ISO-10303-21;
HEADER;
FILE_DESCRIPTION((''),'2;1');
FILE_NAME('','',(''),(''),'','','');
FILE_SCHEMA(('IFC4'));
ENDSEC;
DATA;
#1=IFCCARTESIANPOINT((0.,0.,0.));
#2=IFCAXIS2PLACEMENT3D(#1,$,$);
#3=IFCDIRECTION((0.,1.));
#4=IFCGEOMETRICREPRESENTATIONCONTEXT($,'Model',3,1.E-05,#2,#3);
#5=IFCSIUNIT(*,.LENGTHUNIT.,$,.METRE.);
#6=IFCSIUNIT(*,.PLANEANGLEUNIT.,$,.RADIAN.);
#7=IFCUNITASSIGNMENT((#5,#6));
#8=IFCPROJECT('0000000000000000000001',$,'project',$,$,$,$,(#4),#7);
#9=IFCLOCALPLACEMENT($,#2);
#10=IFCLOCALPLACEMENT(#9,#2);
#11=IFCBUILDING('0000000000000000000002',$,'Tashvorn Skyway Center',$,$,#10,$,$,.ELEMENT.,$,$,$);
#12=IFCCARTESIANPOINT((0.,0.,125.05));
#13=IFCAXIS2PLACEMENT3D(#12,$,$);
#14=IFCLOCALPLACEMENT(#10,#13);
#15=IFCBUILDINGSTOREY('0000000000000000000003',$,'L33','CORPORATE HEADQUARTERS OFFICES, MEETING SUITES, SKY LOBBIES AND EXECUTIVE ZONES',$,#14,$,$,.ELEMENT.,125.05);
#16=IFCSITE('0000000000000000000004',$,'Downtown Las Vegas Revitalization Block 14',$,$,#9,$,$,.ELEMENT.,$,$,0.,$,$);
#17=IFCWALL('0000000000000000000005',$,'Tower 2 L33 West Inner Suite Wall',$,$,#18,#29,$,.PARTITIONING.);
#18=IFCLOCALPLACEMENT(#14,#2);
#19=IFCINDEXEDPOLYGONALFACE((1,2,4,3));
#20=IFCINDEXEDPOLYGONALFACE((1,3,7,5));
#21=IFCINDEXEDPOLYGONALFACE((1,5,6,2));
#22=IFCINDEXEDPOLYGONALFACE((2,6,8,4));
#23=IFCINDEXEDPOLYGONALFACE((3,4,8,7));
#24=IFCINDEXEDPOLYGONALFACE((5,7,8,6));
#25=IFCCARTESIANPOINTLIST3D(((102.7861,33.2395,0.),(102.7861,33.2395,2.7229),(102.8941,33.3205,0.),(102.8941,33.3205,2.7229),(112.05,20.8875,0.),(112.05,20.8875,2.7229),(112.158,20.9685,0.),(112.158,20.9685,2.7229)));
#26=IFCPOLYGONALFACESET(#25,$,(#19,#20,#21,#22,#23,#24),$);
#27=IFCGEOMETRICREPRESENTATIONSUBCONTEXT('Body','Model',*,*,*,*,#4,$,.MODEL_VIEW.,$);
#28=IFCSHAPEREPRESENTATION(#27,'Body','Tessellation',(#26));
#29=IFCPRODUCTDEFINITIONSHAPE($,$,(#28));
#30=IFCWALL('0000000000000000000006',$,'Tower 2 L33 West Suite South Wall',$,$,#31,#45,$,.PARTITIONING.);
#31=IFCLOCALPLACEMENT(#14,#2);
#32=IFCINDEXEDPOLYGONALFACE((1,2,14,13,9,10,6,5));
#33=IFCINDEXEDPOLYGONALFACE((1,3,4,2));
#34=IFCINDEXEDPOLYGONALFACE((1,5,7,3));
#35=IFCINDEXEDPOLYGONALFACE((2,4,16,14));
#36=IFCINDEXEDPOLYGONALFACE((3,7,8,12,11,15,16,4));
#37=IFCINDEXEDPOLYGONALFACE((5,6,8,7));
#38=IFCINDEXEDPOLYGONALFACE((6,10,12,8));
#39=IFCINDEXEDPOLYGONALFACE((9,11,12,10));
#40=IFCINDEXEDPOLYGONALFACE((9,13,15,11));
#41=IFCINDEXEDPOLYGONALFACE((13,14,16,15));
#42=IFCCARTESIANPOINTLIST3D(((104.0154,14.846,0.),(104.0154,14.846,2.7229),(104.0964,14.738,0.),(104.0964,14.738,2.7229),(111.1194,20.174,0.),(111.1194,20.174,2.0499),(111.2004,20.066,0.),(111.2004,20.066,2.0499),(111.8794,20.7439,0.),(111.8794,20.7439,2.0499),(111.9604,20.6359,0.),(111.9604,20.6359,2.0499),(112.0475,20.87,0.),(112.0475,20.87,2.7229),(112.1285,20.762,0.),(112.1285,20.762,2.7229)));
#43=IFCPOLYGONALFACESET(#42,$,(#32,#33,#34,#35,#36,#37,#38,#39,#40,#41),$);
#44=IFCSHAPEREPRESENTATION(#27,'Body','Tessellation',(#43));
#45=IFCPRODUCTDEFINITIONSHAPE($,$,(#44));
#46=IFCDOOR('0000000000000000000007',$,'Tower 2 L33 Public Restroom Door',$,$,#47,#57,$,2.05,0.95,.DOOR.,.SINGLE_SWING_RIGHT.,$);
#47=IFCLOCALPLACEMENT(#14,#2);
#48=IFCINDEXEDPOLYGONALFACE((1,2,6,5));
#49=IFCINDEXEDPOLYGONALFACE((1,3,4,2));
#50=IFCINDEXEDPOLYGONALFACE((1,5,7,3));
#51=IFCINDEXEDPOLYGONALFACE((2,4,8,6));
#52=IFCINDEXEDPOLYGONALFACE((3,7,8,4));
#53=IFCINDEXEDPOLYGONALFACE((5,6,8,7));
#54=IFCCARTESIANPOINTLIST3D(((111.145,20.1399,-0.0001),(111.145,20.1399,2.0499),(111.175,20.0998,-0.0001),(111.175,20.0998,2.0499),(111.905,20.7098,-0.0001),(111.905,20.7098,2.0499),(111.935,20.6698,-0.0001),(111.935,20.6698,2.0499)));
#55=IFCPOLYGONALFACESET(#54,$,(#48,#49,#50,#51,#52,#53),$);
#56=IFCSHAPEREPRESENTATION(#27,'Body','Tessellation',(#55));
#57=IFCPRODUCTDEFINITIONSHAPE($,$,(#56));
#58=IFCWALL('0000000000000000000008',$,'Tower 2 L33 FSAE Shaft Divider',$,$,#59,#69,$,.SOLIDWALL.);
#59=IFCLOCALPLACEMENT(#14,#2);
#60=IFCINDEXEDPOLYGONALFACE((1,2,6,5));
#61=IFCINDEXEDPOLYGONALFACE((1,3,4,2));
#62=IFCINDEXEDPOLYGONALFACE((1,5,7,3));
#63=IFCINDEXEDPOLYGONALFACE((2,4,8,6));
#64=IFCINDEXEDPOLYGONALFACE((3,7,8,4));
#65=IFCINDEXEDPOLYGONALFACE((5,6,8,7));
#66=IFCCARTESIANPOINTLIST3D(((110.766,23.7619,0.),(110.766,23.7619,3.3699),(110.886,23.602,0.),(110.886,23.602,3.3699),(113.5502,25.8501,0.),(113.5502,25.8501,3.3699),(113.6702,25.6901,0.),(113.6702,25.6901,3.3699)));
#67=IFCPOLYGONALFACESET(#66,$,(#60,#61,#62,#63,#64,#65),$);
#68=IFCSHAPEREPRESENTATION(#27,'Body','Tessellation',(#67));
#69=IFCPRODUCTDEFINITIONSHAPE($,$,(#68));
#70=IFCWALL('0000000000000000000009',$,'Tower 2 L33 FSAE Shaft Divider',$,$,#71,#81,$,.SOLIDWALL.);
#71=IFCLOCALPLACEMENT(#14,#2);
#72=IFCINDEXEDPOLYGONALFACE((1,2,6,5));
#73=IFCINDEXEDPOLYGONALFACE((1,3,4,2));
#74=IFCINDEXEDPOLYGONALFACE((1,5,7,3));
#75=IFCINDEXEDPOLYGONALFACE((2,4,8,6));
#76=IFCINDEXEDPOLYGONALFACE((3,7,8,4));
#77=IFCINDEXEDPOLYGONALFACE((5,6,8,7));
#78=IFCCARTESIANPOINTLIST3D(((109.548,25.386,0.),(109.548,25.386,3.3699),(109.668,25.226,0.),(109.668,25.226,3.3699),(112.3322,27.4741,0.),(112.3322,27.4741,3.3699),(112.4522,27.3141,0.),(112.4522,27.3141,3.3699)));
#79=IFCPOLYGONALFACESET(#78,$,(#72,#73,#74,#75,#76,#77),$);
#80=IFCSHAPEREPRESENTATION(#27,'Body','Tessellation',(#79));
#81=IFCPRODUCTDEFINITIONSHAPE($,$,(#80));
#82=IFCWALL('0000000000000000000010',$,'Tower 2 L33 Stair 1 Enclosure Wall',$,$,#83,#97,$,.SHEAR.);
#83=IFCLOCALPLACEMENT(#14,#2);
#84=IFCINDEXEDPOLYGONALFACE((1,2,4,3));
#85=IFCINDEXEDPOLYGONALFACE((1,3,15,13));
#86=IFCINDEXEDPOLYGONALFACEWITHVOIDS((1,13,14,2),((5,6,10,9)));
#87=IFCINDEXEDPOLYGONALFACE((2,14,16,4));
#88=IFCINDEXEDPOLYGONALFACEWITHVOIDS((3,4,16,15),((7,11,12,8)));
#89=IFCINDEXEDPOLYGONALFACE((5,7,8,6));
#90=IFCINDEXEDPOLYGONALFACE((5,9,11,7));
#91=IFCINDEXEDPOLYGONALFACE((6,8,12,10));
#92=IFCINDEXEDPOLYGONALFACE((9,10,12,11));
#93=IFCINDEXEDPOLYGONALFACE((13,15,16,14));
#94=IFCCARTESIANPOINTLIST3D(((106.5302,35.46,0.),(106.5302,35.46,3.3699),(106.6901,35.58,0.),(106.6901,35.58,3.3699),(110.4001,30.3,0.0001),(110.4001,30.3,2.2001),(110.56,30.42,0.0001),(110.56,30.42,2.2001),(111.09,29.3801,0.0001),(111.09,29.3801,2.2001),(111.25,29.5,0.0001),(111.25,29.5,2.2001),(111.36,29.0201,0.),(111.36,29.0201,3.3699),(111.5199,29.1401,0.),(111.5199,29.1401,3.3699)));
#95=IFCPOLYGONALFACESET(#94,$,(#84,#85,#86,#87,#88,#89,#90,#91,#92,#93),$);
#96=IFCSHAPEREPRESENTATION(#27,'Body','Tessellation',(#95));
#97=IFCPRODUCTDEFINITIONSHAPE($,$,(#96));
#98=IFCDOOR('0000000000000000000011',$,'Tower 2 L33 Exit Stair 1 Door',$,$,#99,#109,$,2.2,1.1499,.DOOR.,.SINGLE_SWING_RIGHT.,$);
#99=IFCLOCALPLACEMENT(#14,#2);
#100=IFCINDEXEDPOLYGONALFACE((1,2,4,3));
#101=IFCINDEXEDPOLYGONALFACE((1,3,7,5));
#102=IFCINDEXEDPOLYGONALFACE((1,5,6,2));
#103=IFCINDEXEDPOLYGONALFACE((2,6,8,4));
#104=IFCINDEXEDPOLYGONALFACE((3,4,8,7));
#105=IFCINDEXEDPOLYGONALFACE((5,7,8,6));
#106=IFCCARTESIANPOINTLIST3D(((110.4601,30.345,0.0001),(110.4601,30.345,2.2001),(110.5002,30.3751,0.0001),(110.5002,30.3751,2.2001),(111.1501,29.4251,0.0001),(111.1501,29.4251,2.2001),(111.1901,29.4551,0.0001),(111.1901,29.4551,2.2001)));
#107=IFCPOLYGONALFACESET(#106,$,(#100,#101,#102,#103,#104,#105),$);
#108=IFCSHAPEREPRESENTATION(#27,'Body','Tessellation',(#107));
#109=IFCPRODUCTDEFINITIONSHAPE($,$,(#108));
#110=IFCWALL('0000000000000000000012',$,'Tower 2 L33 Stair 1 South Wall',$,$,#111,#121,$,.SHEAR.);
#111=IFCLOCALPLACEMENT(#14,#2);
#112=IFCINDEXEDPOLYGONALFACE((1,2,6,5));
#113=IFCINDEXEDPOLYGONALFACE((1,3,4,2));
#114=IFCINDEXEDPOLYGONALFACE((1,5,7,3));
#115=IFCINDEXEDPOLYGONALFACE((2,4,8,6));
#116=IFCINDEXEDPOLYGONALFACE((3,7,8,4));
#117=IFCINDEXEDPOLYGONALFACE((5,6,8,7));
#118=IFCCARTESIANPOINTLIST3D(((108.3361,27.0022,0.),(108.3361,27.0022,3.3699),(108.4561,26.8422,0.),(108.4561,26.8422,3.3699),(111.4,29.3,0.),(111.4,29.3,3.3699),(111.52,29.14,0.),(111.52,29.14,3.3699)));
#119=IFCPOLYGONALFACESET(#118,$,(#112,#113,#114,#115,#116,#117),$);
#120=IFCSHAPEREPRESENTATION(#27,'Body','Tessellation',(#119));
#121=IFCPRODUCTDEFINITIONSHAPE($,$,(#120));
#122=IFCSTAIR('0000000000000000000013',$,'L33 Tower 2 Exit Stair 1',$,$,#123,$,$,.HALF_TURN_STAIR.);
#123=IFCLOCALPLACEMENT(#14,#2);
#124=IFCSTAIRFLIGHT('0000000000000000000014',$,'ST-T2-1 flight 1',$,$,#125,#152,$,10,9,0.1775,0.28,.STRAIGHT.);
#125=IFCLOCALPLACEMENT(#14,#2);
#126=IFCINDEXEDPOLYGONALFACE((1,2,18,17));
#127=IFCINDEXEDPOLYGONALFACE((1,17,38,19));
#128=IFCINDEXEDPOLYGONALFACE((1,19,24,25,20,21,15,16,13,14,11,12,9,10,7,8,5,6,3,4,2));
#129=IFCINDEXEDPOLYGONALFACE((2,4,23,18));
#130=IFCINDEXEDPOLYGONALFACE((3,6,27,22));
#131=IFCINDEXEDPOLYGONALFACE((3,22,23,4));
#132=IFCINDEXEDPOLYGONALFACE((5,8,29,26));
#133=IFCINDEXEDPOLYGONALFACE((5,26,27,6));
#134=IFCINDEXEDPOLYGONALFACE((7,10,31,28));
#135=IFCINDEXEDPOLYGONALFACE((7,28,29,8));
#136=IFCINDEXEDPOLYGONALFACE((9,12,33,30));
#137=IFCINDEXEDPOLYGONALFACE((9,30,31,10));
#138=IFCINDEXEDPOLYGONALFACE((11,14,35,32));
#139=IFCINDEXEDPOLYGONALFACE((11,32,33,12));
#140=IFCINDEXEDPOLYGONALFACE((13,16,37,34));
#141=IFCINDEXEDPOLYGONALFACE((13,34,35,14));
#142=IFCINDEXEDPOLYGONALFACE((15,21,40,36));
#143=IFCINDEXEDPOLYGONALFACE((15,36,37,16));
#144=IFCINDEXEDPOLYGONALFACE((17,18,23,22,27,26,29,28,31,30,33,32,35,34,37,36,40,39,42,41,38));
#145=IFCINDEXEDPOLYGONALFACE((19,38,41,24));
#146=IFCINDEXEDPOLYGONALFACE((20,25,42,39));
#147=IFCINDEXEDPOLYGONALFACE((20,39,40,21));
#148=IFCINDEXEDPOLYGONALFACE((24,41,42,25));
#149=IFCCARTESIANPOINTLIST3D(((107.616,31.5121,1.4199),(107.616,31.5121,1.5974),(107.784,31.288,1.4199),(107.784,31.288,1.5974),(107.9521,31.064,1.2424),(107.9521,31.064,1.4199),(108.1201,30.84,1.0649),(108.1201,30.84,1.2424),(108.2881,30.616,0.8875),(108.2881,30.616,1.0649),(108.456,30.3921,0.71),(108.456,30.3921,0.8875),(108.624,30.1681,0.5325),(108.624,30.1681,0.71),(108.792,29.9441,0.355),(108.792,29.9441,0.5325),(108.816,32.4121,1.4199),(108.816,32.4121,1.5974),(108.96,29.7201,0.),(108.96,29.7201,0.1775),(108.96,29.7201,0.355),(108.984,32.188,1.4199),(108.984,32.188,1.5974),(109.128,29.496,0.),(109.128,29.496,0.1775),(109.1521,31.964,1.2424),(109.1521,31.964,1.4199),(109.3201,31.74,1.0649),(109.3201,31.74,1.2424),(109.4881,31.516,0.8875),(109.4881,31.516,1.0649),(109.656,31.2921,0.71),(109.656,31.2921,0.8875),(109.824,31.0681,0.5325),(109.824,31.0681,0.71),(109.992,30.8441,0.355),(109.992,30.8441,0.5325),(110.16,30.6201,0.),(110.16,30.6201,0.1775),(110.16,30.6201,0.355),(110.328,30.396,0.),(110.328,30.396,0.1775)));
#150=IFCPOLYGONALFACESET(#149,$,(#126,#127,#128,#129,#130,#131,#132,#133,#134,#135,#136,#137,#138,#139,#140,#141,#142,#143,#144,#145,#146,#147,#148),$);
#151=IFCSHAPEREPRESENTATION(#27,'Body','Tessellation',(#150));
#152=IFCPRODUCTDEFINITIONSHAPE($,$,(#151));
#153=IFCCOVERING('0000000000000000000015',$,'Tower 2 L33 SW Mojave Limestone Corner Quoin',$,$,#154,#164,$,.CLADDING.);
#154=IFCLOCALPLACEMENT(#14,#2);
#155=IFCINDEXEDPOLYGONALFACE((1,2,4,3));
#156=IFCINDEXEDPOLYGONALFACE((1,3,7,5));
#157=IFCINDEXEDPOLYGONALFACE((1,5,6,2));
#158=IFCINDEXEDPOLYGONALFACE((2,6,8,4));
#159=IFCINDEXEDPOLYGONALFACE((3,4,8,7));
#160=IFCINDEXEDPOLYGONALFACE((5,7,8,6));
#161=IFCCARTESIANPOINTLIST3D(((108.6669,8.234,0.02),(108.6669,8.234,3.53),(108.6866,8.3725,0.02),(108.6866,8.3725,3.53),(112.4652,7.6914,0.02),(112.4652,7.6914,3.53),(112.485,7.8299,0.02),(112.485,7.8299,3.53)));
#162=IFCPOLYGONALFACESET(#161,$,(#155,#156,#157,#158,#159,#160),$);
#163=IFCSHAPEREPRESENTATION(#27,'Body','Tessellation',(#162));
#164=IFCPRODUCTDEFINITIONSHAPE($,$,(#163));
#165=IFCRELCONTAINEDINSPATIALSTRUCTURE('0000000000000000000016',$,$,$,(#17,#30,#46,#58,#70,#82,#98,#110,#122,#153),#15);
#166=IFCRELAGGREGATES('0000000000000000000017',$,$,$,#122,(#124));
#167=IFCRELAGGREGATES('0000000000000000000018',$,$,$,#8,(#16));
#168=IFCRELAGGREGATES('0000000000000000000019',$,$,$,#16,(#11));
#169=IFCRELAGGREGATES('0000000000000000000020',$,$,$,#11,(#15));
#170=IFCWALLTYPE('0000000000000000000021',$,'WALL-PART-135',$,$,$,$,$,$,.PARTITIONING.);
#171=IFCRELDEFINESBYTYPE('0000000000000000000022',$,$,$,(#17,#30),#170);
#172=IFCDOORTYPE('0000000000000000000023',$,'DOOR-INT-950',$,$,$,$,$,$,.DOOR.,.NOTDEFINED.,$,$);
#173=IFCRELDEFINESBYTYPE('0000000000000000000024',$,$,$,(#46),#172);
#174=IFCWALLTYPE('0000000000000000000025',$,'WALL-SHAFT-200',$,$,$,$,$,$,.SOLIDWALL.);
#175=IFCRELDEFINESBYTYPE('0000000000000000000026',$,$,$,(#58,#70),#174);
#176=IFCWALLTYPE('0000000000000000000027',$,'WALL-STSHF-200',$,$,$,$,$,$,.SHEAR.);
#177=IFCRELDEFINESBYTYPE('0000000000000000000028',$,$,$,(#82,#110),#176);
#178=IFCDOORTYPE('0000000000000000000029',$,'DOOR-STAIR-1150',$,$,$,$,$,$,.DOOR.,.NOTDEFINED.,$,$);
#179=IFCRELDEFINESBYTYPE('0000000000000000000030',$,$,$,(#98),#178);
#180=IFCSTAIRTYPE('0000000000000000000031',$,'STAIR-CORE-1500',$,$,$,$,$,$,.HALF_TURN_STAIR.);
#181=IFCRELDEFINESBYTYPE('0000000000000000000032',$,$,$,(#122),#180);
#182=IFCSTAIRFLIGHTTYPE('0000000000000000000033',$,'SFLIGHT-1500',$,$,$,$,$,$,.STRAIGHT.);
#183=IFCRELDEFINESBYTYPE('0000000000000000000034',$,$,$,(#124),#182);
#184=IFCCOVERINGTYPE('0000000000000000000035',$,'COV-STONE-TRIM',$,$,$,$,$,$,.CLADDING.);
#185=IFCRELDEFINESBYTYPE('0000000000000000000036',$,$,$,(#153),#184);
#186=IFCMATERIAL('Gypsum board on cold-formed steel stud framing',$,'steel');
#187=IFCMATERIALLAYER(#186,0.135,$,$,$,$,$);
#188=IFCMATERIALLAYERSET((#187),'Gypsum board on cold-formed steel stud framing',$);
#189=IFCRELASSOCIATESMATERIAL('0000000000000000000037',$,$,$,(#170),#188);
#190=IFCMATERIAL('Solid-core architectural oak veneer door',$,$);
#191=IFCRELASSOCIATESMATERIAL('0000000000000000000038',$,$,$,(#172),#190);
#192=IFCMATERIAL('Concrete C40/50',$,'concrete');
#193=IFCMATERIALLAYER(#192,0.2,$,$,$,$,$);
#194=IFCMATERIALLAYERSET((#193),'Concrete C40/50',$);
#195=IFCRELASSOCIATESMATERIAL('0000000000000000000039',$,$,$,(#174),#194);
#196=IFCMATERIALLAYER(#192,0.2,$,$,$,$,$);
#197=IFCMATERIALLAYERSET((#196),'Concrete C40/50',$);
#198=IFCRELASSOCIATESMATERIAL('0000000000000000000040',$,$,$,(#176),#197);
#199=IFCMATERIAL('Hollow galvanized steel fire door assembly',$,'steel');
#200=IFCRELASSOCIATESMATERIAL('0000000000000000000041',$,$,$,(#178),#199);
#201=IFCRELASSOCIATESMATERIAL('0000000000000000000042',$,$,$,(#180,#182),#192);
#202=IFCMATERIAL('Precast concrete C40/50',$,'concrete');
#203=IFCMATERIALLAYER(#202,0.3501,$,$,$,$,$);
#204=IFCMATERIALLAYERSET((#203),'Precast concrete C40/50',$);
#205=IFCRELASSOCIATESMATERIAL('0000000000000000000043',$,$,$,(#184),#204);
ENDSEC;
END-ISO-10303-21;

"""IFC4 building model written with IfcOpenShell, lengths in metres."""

from ifc_helpers import new_model, si_unit, direction, frame, frame_2d, origin, origin_2d, place, context, subcontext, project, spatial, polyline, rectangle, outline, extrude, material, layer, layer_set, type_object, element, fill, aggregate, save


model = new_model("IFC4")

# Units and contexts
model_context = context("Model", 3, precision=1e-05, world=origin(), true_north=direction((0.0, 1.0)))
body_context = subcontext(model_context, "Body", "Model", "MODEL_VIEW")
ifc_project = project(units=[si_unit("LENGTHUNIT", "METRE"), si_unit("PLANEANGLEUNIT", "RADIAN")], contexts=[model_context])

# Site, building, storey
site_placement = place(None, origin())
site = spatial("IfcSite", under=ifc_project, at=site_placement, Name="Downtown Las Vegas Revitalization Block 14", CompositionType="ELEMENT", RefElevation=0.0)
building_placement = place(site_placement, origin())
building = spatial("IfcBuilding", under=site, at=building_placement, Name="Tashvorn Skyway Center", CompositionType="ELEMENT")
storey_placement = place(building_placement, frame((0.0, 0.0, 125.05)))
storey = spatial("IfcBuildingStorey", under=building, at=storey_placement, Name="L33", Description="CORPORATE HEADQUARTERS OFFICES, MEETING SUITES, SKY LOBBIES AND EXECUTIVE ZONES", CompositionType="ELEMENT", Elevation=125.05)

# Wall
ifc_material_1 = material(Name="Precast concrete C40/50", Category="concrete")
ifc_material_2 = material(Name="Gypsum board on cold-formed steel stud framing", Category="steel")
ifc_layer_1 = layer(ifc_material_2, 0.135)
ifc_layer_set_1 = layer_set([ifc_layer_1], Name="Gypsum board on cold-formed steel stud framing")
wall_type_1 = type_object("IfcWallType", Name="WALL-PART-135", PredefinedType="PARTITIONING", material=ifc_layer_set_1)
wall_1_placement = place(storey_placement, frame((112.104, 20.928, 0.0), z_axis=(0.0, 0.0, 1.0), x_axis=(-0.599995, 0.800004, 0.0)))
element("IfcWall", 1, at=wall_1_placement, inside=storey, type_object=wall_type_1, Name="Tower 2 L33 West Inner Suite Wall", PredefinedType="PARTITIONING", context=body_context, shape_type="SweptSolid", body=[
    extrude(rectangle(XDim=15.4399, YDim=0.135, at=frame_2d((7.72, 0.0))), origin(), (0.0, 0.0, 1.0), 2.7229),
])

# Wall, opening, door
wall_2_placement = place(storey_placement, frame((104.0559, 14.792, 0.0), z_axis=(0.0, 0.0, 1.0), x_axis=(0.800003, 0.599996, 0.0)))
wall_2 = element("IfcWall", 2, at=wall_2_placement, inside=storey, type_object=wall_type_1, Name="Tower 2 L33 West Suite South Wall", PredefinedType="PARTITIONING", context=body_context, shape_type="SweptSolid", body=[
    extrude(rectangle(XDim=10.04, YDim=0.135, at=frame_2d((5.02, 0.0))), origin(), (0.0, 0.0, 1.0), 2.7229),
])
opening_1_placement = place(wall_2_placement, frame((8.8799, 0.0, 0.0)))
opening_1 = element("IfcOpeningElement", 3, at=opening_1_placement, cuts=wall_2, PredefinedType="OPENING", context=body_context, shape_type="SweptSolid", body=[
    extrude(rectangle(XDim=0.95, YDim=2.05, at=frame_2d((0.4751, 1.0249))), frame((0.0, 0.0774, 0.0), z_axis=(0.0, -1.0, 0.0), x_axis=(1.0, 0.0, 0.0)), (0.0, 0.0, 1.0), 0.155),
])
ifc_material_3 = material(Name="Solid-core architectural oak veneer door")
door_type_1 = type_object("IfcDoorType", Name="DOOR-INT-950", OperationType="NOTDEFINED", PredefinedType="DOOR", material=ifc_material_3)
door_1_placement = place(opening_1_placement, origin())
door_1 = element("IfcDoor", 4, at=door_1_placement, inside=storey, type_object=door_type_1, Name="Tower 2 L33 Public Restroom Door", OperationType="SINGLE_SWING_RIGHT", OverallHeight=2.05, OverallWidth=0.95, PredefinedType="DOOR", context=body_context, shape_type="SweptSolid", body=[
    extrude(rectangle(XDim=0.95, YDim=2.05, at=frame_2d((0.4751, 1.0249))), frame((0.0, 0.0249, 0.0), z_axis=(0.0, -1.0, 0.0), x_axis=(1.0, 0.0, 0.0)), (0.0, 0.0, 1.0), 0.05),
])
fill(opening_1, door_1)

# Walls
ifc_material_4 = material(Name="Concrete C40/50", Category="concrete")
ifc_layer_2 = layer(ifc_material_4, 0.2)
ifc_layer_set_2 = layer_set([ifc_layer_2], Name="Concrete C40/50")
wall_type_2 = type_object("IfcWallType", Name="WALL-SHAFT-200", PredefinedType="SOLIDWALL", material=ifc_layer_set_2)
for number, where, z_axis, x_axis, name in (
    (5, (110.8259, 23.6819, 0.0), (0.0, 0.0, 1.0), (0.8, 0.6, 0.0), "Tower 2 L33 FSAE Shaft Divider"),
    (6, (109.6079, 25.3059, 0.0), (0.0, 0.0, 1.0), (0.8, 0.6, 0.0), "Tower 2 L33 FSAE Shaft Divider"),
):
    element("IfcWall", number, at=place(storey_placement, frame(where, z_axis=z_axis, x_axis=x_axis)), inside=storey, type_object=wall_type_2, Name=name, PredefinedType="SOLIDWALL", context=body_context, shape_type="SweptSolid", body=[
        extrude(rectangle(XDim=3.4802, YDim=0.2, at=frame_2d((1.7402, 0.0))), origin(), (0.0, 0.0, 1.0), 3.3699),
    ])

# Wall, opening, door
ifc_layer_3 = layer(ifc_material_4, 0.2)
ifc_layer_set_3 = layer_set([ifc_layer_3], Name="Concrete C40/50")
wall_type_3 = type_object("IfcWallType", Name="WALL-STSHF-200", PredefinedType="SHEAR", material=ifc_layer_set_3)
wall_3_placement = place(storey_placement, frame((111.4399, 29.0801, 0.0), z_axis=(0.0, 0.0, 1.0), x_axis=(-0.59999, 0.800007, 0.0)))
wall_3 = element("IfcWall", 7, at=wall_3_placement, inside=storey, type_object=wall_type_3, Name="Tower 2 L33 Stair 1 Enclosure Wall", PredefinedType="SHEAR", context=body_context, shape_type="SweptSolid", body=[
    extrude(rectangle(XDim=8.0498, YDim=0.2, at=frame_2d((4.0249, 0.0))), origin(), (0.0, 0.0, 1.0), 3.3699),
])
opening_2_placement = place(wall_3_placement, frame((0.45, 0.0, 0.0)))
opening_2 = element("IfcOpeningElement", 8, at=opening_2_placement, cuts=wall_3, PredefinedType="OPENING", context=body_context, shape_type="SweptSolid", body=[
    extrude(rectangle(XDim=1.1499, YDim=2.2, at=frame_2d((0.575, 1.1001))), frame((0.0, 0.1099, 0.0), z_axis=(0.0, -1.0, 0.0), x_axis=(1.0, 0.0, 0.0)), (0.0, 0.0, 1.0), 0.22),
])
ifc_material_5 = material(Name="Hollow galvanized steel fire door assembly", Category="steel")
door_type_2 = type_object("IfcDoorType", Name="DOOR-STAIR-1150", OperationType="NOTDEFINED", PredefinedType="DOOR", material=ifc_material_5)
door_2_placement = place(opening_2_placement, origin())
door_2 = element("IfcDoor", 9, at=door_2_placement, inside=storey, type_object=door_type_2, Name="Tower 2 L33 Exit Stair 1 Door", OperationType="SINGLE_SWING_RIGHT", OverallHeight=2.2, OverallWidth=1.1499, PredefinedType="DOOR", context=body_context, shape_type="SweptSolid", body=[
    extrude(rectangle(XDim=1.1499, YDim=2.2, at=frame_2d((0.575, 1.1001))), frame((0.0, 0.0249, 0.0), z_axis=(0.0, -1.0, 0.0), x_axis=(1.0, 0.0, 0.0)), (0.0, 0.0, 1.0), 0.05),
])
fill(opening_2, door_2)

# Wall
wall_4_placement = place(storey_placement, frame((108.396, 26.9221, 0.0), z_axis=(0.0, 0.0, 1.0), x_axis=(0.800015, 0.59998, 0.0)))
element("IfcWall", 10, at=wall_4_placement, inside=storey, type_object=wall_type_3, Name="Tower 2 L33 Stair 1 South Wall", PredefinedType="SHEAR", context=body_context, shape_type="SweptSolid", body=[
    extrude(rectangle(XDim=3.8298, YDim=0.2, at=frame_2d((1.915, 0.0))), origin(), (0.0, 0.0, 1.0), 3.3699),
])

# Stair, stair flight
stair_type = type_object("IfcStairType", Name="STAIR-CORE-1500", PredefinedType="HALF_TURN_STAIR", material=ifc_material_4)
stair_placement = place(storey_placement, origin())
stair = element("IfcStair", 11, at=stair_placement, inside=storey, type_object=stair_type, Name="L33 Tower 2 Exit Stair 1", PredefinedType="HALF_TURN_STAIR")
stair_flight_type = type_object("IfcStairFlightType", Name="SFLIGHT-1500", PredefinedType="STRAIGHT", material=ifc_material_4)
stair_flight_placement = place(storey_placement, frame((109.728, 29.946, 0.0), z_axis=(0.0, 0.0, 1.0), x_axis=(-0.6, 0.8, 0.0)))
stair_flight = element("IfcStairFlight", 12, at=stair_flight_placement, type_object=stair_flight_type, Name="ST-T2-1 flight 1", NumberOfRisers=10, NumberOfTreads=9, PredefinedType="STRAIGHT", RiserHeight=0.1775, TreadLength=0.28, context=body_context, shape_type="SweptSolid", body=[
    extrude(outline(polyline([(0.0, 0.0), (0.0, 0.1775), (0.28, 0.1775), (0.28, 0.355), (0.5601, 0.355), (0.5601, 0.5325), (0.8401, 0.5325), (0.8401, 0.71), (1.1201, 0.71), (1.1201, 0.8875), (1.3999, 0.8875), (1.3999, 1.0649), (1.6799, 1.0649), (1.6799, 1.2424), (1.96, 1.2424), (1.96, 1.4199), (2.24, 1.4199), (2.24, 1.5974), (2.52, 1.5974), (2.52, 1.7749), (2.52, 1.4199), (0.28, 0.0), (0.0, 0.0)])), frame((0.0, 0.75, 0.0), z_axis=(0.0, -1.0, 0.0), x_axis=(1.0, 0.0, 0.0)), (0.0, 0.0, 1.0), 1.5),
])
aggregate(stair, [stair_flight])

# Covering
ifc_layer_4 = layer(ifc_material_1, 0.3501)
ifc_layer_set_4 = layer_set([ifc_layer_4], Name="Precast concrete C40/50")
covering_type = type_object("IfcCoveringType", Name="COV-STONE-TRIM", PredefinedType="CLADDING", material=ifc_layer_set_4)
covering_placement = place(storey_placement, frame((110.5759, 8.032, 0.02), z_axis=(0.0, 0.0, 1.0), x_axis=(-0.989949, 0.141421, 0.0)))
element("IfcCovering", 13, at=covering_placement, inside=storey, type_object=covering_type, Name="Tower 2 L33 SW Mojave Limestone Corner Quoin", PredefinedType="CLADDING", context=body_context, shape_type="SweptSolid", body=[
    extrude(rectangle(XDim=3.8369, YDim=0.1399, at=origin_2d()), origin(), (0.0, 0.0, 1.0), 3.51),
])

save(model, "model.ifc")
